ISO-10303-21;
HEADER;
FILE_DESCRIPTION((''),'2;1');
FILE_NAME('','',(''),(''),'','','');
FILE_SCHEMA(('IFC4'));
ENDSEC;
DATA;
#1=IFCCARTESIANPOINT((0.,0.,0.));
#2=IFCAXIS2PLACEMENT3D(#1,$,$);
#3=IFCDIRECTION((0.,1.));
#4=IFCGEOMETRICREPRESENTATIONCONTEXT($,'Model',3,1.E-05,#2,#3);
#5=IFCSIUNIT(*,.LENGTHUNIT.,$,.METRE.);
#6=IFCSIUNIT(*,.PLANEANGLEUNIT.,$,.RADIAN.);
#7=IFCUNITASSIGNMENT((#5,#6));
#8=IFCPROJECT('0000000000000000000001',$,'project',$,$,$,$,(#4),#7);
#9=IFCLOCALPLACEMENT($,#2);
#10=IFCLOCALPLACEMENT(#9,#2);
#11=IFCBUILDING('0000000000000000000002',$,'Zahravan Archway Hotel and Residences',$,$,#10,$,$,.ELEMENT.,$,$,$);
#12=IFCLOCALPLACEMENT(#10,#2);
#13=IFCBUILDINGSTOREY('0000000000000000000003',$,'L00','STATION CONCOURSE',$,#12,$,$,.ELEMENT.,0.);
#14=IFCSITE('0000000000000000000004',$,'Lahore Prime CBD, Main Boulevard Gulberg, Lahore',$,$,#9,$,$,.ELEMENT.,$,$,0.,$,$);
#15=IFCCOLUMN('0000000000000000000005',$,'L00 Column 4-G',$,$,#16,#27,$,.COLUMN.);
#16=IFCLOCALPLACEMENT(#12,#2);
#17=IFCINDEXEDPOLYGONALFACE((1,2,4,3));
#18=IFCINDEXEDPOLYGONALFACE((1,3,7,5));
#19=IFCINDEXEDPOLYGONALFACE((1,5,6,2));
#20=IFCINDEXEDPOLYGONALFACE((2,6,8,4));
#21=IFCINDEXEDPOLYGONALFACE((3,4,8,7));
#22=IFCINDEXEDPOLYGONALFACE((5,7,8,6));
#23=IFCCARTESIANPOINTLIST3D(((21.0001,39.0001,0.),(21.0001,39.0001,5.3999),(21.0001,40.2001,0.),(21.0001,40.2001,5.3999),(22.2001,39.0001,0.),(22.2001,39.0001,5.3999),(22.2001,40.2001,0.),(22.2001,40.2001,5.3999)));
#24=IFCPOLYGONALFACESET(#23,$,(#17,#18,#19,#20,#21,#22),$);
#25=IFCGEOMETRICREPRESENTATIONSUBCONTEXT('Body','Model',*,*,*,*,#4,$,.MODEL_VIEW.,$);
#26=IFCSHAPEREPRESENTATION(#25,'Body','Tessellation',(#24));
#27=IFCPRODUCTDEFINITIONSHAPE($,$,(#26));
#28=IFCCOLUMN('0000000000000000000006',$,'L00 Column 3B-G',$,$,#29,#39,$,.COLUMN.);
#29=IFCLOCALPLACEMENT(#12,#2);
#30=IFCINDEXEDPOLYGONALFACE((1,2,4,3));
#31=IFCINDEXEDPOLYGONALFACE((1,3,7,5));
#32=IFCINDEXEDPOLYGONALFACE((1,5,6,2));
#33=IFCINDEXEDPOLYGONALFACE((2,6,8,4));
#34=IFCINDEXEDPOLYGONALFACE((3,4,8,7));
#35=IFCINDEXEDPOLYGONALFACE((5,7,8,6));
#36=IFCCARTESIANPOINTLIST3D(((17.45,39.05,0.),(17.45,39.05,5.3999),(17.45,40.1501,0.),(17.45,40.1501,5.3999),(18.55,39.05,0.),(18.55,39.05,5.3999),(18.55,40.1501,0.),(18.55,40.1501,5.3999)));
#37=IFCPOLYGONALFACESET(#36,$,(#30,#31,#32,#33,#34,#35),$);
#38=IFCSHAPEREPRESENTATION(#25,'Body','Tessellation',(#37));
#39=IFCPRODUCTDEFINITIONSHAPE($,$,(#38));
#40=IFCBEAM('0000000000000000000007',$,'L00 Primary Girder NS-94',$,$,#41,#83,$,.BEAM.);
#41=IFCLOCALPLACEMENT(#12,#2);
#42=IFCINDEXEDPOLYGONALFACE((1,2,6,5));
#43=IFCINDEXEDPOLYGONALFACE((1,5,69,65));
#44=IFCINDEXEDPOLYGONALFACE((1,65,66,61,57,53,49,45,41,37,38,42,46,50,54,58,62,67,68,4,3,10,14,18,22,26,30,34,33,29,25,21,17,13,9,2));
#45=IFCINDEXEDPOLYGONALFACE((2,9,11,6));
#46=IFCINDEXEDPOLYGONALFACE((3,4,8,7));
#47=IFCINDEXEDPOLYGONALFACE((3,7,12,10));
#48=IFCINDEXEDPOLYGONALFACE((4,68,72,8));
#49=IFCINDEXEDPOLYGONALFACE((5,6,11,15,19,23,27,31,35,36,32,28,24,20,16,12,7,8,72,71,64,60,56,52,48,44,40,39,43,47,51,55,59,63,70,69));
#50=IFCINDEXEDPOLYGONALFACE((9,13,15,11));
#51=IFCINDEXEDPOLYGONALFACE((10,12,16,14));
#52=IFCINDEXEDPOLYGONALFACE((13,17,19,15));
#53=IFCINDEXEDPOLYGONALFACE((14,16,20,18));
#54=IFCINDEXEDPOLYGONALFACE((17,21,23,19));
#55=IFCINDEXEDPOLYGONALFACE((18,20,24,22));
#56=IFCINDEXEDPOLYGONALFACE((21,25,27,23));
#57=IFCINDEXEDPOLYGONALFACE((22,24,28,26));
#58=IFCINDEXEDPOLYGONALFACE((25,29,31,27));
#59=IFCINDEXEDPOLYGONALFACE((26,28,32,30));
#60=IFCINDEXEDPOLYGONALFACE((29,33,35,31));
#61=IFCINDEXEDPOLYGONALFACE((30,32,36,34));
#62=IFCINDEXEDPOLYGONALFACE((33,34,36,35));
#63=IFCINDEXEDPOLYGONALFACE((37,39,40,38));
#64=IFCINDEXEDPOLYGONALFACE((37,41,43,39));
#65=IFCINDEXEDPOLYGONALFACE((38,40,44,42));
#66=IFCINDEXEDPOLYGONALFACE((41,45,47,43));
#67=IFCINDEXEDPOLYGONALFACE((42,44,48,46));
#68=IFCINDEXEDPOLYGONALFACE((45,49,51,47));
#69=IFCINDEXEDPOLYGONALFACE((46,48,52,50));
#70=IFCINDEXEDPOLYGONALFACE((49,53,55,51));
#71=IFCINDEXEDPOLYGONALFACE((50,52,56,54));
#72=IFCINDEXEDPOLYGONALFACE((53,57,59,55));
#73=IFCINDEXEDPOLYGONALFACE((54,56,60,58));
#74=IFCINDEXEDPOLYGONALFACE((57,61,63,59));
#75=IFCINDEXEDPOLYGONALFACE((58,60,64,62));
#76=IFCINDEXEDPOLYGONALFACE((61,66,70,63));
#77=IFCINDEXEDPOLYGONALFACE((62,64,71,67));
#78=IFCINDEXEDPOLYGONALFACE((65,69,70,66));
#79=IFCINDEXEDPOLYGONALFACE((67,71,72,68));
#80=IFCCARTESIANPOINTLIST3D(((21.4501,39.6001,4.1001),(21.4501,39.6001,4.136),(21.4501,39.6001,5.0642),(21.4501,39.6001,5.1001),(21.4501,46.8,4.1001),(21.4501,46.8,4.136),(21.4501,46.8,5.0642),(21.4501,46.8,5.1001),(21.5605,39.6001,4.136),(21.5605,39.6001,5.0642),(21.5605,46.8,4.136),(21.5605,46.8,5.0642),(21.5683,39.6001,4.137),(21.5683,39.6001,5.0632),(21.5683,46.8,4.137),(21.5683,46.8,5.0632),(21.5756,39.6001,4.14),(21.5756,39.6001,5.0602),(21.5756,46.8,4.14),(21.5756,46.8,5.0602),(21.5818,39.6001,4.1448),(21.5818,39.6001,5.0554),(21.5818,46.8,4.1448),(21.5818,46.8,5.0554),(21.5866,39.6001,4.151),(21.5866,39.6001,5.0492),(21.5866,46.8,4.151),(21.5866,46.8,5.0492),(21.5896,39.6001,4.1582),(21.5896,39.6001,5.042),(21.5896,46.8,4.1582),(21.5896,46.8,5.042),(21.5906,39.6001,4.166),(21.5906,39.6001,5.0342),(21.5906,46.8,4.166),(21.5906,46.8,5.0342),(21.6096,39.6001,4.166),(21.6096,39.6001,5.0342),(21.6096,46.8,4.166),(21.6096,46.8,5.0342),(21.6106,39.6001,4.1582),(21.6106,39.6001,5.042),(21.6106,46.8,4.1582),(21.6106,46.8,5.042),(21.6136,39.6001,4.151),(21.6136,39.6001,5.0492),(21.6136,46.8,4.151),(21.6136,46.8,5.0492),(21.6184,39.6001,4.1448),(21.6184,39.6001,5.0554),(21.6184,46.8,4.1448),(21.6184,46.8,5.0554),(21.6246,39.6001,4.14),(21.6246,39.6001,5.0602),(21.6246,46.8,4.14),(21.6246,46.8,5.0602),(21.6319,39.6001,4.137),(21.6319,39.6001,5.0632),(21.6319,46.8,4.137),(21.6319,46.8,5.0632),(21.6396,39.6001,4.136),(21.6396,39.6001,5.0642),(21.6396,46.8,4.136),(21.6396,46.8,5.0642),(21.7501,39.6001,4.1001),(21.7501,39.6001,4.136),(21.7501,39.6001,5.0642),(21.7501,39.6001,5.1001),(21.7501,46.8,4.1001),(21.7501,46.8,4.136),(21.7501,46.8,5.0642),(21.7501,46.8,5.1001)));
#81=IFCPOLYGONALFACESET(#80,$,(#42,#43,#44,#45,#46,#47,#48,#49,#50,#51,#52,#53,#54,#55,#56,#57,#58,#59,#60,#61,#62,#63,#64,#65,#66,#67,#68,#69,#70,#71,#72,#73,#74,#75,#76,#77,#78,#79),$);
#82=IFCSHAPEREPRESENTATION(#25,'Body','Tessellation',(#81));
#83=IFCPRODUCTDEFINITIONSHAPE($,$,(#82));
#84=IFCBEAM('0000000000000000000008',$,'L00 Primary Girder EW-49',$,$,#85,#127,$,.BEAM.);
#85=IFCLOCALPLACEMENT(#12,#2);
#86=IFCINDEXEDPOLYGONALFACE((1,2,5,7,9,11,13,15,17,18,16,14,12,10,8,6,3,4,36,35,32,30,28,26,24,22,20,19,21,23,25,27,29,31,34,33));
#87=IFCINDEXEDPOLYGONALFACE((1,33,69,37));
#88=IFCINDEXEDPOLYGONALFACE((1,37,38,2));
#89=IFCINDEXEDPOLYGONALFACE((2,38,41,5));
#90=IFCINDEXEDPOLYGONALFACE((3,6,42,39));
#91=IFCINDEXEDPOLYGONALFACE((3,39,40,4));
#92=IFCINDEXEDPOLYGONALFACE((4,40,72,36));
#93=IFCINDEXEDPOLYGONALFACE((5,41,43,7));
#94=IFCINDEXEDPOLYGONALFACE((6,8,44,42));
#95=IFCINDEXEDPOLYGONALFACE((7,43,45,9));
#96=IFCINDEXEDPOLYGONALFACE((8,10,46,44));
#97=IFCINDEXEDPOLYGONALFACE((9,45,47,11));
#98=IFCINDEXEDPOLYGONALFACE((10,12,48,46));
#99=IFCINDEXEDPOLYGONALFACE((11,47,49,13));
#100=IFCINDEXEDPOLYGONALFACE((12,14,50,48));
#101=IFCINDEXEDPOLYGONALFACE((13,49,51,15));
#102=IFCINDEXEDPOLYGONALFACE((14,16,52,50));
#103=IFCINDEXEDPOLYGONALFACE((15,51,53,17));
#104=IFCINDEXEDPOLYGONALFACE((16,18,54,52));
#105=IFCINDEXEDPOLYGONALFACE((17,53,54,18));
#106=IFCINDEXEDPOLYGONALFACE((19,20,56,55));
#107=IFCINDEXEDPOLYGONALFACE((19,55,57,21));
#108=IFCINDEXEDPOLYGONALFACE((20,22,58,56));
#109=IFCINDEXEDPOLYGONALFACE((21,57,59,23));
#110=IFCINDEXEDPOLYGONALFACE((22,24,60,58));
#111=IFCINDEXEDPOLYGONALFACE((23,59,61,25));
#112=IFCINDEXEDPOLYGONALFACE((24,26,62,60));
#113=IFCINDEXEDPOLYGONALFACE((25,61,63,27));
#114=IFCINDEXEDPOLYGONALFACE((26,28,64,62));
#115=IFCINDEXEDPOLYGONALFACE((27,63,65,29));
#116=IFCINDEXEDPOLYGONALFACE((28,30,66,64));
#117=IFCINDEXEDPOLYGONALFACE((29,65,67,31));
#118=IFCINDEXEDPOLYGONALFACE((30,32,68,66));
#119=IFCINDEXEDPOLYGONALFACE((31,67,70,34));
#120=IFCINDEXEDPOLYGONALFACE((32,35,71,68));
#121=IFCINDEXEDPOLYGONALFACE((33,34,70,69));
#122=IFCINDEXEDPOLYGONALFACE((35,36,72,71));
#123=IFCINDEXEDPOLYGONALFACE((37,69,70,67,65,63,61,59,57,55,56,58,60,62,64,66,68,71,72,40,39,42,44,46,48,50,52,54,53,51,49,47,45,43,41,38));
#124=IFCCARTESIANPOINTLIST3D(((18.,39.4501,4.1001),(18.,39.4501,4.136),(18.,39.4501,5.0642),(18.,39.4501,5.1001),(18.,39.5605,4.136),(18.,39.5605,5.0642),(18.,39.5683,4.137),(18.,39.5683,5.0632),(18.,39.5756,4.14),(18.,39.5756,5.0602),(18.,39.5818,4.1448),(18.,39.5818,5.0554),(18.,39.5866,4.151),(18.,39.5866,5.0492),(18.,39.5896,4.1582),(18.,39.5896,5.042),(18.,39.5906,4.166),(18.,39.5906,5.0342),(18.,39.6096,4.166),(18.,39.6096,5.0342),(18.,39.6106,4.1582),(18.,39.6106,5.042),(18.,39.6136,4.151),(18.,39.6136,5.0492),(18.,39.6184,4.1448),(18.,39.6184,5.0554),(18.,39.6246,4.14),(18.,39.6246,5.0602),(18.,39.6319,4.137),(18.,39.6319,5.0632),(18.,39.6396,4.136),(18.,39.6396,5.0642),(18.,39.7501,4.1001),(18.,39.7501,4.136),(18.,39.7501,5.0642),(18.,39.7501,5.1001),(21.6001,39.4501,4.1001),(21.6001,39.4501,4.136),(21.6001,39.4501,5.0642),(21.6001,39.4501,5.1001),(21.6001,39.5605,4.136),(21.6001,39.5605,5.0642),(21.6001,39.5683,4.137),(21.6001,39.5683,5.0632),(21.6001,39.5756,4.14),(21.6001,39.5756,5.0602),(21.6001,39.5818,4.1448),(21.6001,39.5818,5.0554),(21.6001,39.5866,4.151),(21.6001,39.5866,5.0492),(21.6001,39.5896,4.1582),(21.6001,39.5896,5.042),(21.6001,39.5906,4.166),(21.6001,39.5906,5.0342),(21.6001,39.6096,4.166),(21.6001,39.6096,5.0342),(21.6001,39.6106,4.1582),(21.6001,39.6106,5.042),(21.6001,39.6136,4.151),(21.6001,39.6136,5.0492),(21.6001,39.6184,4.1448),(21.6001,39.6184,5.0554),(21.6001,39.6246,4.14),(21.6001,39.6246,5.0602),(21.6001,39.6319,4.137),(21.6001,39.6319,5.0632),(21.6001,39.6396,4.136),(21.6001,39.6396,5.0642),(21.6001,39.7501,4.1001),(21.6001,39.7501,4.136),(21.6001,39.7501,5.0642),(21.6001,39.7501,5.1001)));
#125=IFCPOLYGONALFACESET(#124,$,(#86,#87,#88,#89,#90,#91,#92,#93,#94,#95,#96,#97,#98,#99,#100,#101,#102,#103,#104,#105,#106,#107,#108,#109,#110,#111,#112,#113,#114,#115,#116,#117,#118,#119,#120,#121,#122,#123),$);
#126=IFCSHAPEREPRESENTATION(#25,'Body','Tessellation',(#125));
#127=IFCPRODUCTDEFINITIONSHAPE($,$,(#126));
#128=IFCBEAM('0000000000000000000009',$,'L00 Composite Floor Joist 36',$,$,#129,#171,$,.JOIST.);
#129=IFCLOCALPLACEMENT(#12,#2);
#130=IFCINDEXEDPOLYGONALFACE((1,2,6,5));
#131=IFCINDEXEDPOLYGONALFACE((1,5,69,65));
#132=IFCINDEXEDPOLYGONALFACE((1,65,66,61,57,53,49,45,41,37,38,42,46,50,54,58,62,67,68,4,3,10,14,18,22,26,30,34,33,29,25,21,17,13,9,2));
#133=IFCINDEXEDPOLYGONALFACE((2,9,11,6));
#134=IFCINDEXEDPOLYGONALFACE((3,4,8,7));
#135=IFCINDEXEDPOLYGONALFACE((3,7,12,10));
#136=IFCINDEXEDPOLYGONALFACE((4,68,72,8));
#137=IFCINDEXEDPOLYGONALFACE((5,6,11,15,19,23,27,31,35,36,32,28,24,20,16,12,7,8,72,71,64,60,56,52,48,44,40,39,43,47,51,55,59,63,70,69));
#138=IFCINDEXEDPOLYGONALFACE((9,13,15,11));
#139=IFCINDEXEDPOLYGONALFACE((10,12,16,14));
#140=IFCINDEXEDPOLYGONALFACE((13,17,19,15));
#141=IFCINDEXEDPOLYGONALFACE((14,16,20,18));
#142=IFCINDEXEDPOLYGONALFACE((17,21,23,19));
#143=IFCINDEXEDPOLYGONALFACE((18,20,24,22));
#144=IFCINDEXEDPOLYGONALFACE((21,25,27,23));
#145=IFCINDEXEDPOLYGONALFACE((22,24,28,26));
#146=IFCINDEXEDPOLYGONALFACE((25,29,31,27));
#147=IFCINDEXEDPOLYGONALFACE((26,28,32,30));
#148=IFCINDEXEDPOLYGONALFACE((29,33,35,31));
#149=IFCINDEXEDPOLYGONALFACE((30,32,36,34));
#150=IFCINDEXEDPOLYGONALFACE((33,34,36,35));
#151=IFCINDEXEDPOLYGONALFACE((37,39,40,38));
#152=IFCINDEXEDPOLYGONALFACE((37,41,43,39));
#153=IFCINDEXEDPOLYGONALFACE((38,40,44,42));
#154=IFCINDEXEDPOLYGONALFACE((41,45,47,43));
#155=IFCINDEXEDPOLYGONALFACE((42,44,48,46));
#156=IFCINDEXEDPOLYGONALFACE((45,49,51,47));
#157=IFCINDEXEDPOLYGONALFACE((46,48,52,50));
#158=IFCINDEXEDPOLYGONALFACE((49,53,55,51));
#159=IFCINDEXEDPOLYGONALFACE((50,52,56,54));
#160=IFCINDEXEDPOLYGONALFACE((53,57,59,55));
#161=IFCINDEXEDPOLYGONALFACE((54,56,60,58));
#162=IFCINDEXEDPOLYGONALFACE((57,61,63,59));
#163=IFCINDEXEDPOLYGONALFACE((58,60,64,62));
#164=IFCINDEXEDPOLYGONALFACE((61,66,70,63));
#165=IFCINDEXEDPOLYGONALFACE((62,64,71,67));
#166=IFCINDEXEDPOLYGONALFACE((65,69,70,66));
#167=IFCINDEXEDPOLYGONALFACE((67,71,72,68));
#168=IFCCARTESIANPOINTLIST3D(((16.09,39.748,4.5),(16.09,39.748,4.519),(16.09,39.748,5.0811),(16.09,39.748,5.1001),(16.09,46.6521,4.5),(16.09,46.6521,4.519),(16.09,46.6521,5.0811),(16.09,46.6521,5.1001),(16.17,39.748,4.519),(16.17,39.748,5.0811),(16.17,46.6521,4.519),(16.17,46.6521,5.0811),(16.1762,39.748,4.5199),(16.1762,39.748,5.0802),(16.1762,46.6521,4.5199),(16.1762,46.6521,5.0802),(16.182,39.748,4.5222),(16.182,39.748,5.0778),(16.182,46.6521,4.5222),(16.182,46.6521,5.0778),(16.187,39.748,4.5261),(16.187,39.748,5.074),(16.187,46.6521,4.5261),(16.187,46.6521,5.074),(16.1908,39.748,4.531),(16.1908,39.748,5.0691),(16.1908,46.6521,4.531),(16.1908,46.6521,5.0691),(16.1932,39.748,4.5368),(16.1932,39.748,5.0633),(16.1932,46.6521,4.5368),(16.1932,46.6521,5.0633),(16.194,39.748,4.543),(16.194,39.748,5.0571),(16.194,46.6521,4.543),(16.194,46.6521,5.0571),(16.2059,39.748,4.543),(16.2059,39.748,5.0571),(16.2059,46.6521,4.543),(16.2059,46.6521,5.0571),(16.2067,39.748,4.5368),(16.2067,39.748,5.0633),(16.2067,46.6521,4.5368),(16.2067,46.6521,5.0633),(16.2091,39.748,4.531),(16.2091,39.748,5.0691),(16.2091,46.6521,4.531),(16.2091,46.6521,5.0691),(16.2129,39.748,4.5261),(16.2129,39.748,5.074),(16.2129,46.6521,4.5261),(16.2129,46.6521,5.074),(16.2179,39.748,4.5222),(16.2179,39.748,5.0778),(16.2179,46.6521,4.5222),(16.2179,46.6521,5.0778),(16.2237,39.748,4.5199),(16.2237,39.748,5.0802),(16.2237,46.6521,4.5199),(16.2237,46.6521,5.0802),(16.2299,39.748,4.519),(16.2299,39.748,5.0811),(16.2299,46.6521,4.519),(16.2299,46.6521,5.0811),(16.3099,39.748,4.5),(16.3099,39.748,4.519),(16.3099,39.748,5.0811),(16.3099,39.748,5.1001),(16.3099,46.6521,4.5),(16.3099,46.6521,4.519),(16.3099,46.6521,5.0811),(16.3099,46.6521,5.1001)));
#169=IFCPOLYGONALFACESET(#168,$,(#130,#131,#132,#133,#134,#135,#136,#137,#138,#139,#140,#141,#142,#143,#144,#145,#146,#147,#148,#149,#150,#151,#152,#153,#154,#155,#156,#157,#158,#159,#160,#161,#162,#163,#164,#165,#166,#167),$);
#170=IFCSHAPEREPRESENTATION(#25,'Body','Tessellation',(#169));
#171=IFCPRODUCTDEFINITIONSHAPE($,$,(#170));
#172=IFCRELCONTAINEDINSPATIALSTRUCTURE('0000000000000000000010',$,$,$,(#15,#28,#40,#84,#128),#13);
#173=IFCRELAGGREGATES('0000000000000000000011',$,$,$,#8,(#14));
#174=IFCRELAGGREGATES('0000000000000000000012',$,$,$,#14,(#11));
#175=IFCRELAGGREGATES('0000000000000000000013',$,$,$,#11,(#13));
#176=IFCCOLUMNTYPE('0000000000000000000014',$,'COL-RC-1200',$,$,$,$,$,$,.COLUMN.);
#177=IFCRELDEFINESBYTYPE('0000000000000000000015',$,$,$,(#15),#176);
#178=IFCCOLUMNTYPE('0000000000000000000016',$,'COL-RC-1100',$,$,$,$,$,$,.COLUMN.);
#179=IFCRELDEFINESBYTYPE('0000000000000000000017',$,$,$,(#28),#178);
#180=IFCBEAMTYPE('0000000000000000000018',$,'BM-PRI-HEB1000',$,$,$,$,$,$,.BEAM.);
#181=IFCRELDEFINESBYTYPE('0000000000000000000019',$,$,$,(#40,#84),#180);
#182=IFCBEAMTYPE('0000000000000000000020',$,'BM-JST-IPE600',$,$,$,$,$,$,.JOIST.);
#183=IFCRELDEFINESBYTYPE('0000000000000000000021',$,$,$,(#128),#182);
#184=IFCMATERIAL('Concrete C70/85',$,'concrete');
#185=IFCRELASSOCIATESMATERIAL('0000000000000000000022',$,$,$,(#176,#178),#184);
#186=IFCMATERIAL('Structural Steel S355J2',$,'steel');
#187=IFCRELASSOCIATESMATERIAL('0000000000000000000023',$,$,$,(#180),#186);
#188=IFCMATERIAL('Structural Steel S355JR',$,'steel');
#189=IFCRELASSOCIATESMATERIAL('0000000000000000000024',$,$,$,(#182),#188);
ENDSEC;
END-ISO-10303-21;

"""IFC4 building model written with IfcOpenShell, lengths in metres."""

from ifc_helpers import new_model, si_unit, direction, frame, origin, origin_2d, place, context, subcontext, project, spatial, rectangle, i_section, extrude, source, transform, mapped, material, material_profile, profile_set, type_object, type_shapes, element, save


model = new_model("IFC4")

# Units and contexts
model_context = context("Model", 3, precision=1e-05, world=origin(), true_north=direction((0.0, 1.0)))
body_context = subcontext(model_context, "Body", "Model", "MODEL_VIEW")
ifc_project = project(units=[si_unit("LENGTHUNIT", "METRE"), si_unit("PLANEANGLEUNIT", "RADIAN")], contexts=[model_context])

# Site, building, storey
site_placement = place(None, origin())
site = spatial("IfcSite", under=ifc_project, at=site_placement, Name="Lahore Prime CBD, Main Boulevard Gulberg, Lahore", CompositionType="ELEMENT", RefElevation=0.0)
building_placement = place(site_placement, origin())
building = spatial("IfcBuilding", under=site, at=building_placement, Name="Zahravan Archway Hotel and Residences", CompositionType="ELEMENT")
storey_placement = place(building_placement, origin())
storey = spatial("IfcBuildingStorey", under=building, at=storey_placement, Name="L00", Description="STATION CONCOURSE", CompositionType="ELEMENT", Elevation=0.0)

# Columns
ifc_material_1 = material(Name="Concrete C70/85", Category="concrete")
ifc_material_profile_1 = material_profile(ifc_material_1, rectangle(XDim=1.2, YDim=1.2, at=origin_2d()), Name="RC-COL-1200x1200", Category="concrete")
ifc_profile_set_1 = profile_set([ifc_material_profile_1], Name="Concrete C70/85")
column_type_1 = type_object("IfcColumnType", Name="COL-RC-1200", PredefinedType="COLUMN", material=ifc_profile_set_1)
shared_shape_1 = source(origin(), body_context, "Body", "SweptSolid", [
    extrude(rectangle(XDim=1.2, YDim=1.2, at=origin_2d()), origin(), (0.0, 0.0, 1.0), 5.3999),
])
column_1_placement = place(storey_placement, frame((21.6001, 39.6001, 0.0), z_axis=(0.0, 0.0, 1.0), x_axis=(1.0, 0.0, 0.0)))
element("IfcColumn", 1, at=column_1_placement, inside=storey, type_object=column_type_1, Name="L00 Column 4-G", PredefinedType="COLUMN", context=body_context, shape_type="MappedRepresentation", body=[
    mapped(shared_shape_1, transform((0.0, 0.0, 0.0), scale=1.0)),
])
ifc_material_profile_2 = material_profile(ifc_material_1, rectangle(XDim=1.1001, YDim=1.1001, at=origin_2d()), Name="RC 1100x1100", Category="concrete")
ifc_profile_set_2 = profile_set([ifc_material_profile_2], Name="Concrete C70/85")
column_type_2 = type_object("IfcColumnType", Name="COL-RC-1100", PredefinedType="COLUMN", material=ifc_profile_set_2)
shared_shape_2 = source(origin(), body_context, "Body", "SweptSolid", [
    extrude(rectangle(XDim=1.1001, YDim=1.1001, at=origin_2d()), origin(), (0.0, 0.0, 1.0), 5.3999),
])
column_2_placement = place(storey_placement, frame((18.0, 39.6001, 0.0), z_axis=(0.0, 0.0, 1.0), x_axis=(1.0, 0.0, 0.0)))
element("IfcColumn", 2, at=column_2_placement, inside=storey, type_object=column_type_2, Name="L00 Column 3B-G", PredefinedType="COLUMN", context=body_context, shape_type="MappedRepresentation", body=[
    mapped(shared_shape_2, transform((0.0, 0.0, 0.0), scale=1.0)),
])

# Beams
ifc_material_2 = material(Name="Structural Steel S355J2", Category="steel")
ifc_material_profile_3 = material_profile(ifc_material_2, i_section(OverallWidth=0.3, OverallDepth=1.0, WebThickness=0.019, FlangeThickness=0.0359, FilletRadius=0.03, at=origin_2d()), Name="HEB 1000", Category="steel")
ifc_profile_set_3 = profile_set([ifc_material_profile_3], Name="Structural Steel S355J2")
beam_type_1 = type_object("IfcBeamType", Name="BM-PRI-HEB1000", PredefinedType="BEAM", material=ifc_profile_set_3)
shared_shape_3 = source(origin(), body_context, "Body", "SweptSolid", [
    extrude(i_section(OverallWidth=0.3, OverallDepth=1.0, WebThickness=0.019, FlangeThickness=0.0359, FilletRadius=0.03, at=origin_2d()), origin(), (0.0, 0.0, 1.0), 7.2),
])
beam_1_placement = place(storey_placement, frame((21.6001, 39.6001, 4.6001), z_axis=(0.0, 1.0, 0.0), x_axis=(-1.0, 0.0, 0.0)))
element("IfcBeam", 3, at=beam_1_placement, inside=storey, type_object=beam_type_1, Name="L00 Primary Girder NS-94", PredefinedType="BEAM", context=body_context, shape_type="MappedRepresentation", body=[
    mapped(shared_shape_3, transform((0.0, 0.0, 0.0), scale=1.0)),
])
shared_shape_4 = source(origin(), body_context, "Body", "SweptSolid", [
    extrude(i_section(OverallWidth=0.3, OverallDepth=1.0, WebThickness=0.019, FlangeThickness=0.0359, FilletRadius=0.03, at=origin_2d()), origin(), (0.0, 0.0, 1.0), 3.6001),
])
beam_2_placement = place(storey_placement, frame((18.0, 39.6001, 4.6001), z_axis=(1.0, 0.0, 0.0), x_axis=(0.0, 1.0, 0.0)))
element("IfcBeam", 4, at=beam_2_placement, inside=storey, type_object=beam_type_1, Name="L00 Primary Girder EW-49", PredefinedType="BEAM", context=body_context, shape_type="MappedRepresentation", body=[
    mapped(shared_shape_4, transform((0.0, 0.0, 0.0), scale=1.0)),
])
ifc_material_3 = material(Name="Structural Steel S355JR", Category="steel")
ifc_material_profile_4 = material_profile(ifc_material_3, i_section(OverallWidth=0.22, OverallDepth=0.6001, WebThickness=0.012, FlangeThickness=0.019, FilletRadius=0.0239, at=origin_2d()), Name="IPE 600", Category="steel")
ifc_profile_set_4 = profile_set([ifc_material_profile_4], Name="Structural Steel S355JR")
beam_type_2 = type_object("IfcBeamType", Name="BM-JST-IPE600", PredefinedType="JOIST", material=ifc_profile_set_4)
shared_shape_5 = source(origin(), body_context, "Body", "SweptSolid", [
    extrude(i_section(OverallWidth=0.22, OverallDepth=0.6001, WebThickness=0.012, FlangeThickness=0.019, FilletRadius=0.0239, at=origin_2d()), origin(), (0.0, 0.0, 1.0), 6.9041),
])
type_shapes(beam_type_2, [shared_shape_5])
for number, where, z_axis, x_axis, name in (
    (5, (16.2, 39.748, 4.8), (0.0, 1.0, 0.0), (-1.0, 0.0, 0.0), "L00 Composite Floor Joist 36"),
):
    element("IfcBeam", number, at=place(storey_placement, frame(where, z_axis=z_axis, x_axis=x_axis)), inside=storey, type_object=beam_type_2, Name=name, PredefinedType="JOIST", context=body_context, shape_type="MappedRepresentation", body=[
        mapped(shared_shape_5, transform((0.0, 0.0, 0.0), scale=1.0)),
    ])

save(model, "model.ifc")
